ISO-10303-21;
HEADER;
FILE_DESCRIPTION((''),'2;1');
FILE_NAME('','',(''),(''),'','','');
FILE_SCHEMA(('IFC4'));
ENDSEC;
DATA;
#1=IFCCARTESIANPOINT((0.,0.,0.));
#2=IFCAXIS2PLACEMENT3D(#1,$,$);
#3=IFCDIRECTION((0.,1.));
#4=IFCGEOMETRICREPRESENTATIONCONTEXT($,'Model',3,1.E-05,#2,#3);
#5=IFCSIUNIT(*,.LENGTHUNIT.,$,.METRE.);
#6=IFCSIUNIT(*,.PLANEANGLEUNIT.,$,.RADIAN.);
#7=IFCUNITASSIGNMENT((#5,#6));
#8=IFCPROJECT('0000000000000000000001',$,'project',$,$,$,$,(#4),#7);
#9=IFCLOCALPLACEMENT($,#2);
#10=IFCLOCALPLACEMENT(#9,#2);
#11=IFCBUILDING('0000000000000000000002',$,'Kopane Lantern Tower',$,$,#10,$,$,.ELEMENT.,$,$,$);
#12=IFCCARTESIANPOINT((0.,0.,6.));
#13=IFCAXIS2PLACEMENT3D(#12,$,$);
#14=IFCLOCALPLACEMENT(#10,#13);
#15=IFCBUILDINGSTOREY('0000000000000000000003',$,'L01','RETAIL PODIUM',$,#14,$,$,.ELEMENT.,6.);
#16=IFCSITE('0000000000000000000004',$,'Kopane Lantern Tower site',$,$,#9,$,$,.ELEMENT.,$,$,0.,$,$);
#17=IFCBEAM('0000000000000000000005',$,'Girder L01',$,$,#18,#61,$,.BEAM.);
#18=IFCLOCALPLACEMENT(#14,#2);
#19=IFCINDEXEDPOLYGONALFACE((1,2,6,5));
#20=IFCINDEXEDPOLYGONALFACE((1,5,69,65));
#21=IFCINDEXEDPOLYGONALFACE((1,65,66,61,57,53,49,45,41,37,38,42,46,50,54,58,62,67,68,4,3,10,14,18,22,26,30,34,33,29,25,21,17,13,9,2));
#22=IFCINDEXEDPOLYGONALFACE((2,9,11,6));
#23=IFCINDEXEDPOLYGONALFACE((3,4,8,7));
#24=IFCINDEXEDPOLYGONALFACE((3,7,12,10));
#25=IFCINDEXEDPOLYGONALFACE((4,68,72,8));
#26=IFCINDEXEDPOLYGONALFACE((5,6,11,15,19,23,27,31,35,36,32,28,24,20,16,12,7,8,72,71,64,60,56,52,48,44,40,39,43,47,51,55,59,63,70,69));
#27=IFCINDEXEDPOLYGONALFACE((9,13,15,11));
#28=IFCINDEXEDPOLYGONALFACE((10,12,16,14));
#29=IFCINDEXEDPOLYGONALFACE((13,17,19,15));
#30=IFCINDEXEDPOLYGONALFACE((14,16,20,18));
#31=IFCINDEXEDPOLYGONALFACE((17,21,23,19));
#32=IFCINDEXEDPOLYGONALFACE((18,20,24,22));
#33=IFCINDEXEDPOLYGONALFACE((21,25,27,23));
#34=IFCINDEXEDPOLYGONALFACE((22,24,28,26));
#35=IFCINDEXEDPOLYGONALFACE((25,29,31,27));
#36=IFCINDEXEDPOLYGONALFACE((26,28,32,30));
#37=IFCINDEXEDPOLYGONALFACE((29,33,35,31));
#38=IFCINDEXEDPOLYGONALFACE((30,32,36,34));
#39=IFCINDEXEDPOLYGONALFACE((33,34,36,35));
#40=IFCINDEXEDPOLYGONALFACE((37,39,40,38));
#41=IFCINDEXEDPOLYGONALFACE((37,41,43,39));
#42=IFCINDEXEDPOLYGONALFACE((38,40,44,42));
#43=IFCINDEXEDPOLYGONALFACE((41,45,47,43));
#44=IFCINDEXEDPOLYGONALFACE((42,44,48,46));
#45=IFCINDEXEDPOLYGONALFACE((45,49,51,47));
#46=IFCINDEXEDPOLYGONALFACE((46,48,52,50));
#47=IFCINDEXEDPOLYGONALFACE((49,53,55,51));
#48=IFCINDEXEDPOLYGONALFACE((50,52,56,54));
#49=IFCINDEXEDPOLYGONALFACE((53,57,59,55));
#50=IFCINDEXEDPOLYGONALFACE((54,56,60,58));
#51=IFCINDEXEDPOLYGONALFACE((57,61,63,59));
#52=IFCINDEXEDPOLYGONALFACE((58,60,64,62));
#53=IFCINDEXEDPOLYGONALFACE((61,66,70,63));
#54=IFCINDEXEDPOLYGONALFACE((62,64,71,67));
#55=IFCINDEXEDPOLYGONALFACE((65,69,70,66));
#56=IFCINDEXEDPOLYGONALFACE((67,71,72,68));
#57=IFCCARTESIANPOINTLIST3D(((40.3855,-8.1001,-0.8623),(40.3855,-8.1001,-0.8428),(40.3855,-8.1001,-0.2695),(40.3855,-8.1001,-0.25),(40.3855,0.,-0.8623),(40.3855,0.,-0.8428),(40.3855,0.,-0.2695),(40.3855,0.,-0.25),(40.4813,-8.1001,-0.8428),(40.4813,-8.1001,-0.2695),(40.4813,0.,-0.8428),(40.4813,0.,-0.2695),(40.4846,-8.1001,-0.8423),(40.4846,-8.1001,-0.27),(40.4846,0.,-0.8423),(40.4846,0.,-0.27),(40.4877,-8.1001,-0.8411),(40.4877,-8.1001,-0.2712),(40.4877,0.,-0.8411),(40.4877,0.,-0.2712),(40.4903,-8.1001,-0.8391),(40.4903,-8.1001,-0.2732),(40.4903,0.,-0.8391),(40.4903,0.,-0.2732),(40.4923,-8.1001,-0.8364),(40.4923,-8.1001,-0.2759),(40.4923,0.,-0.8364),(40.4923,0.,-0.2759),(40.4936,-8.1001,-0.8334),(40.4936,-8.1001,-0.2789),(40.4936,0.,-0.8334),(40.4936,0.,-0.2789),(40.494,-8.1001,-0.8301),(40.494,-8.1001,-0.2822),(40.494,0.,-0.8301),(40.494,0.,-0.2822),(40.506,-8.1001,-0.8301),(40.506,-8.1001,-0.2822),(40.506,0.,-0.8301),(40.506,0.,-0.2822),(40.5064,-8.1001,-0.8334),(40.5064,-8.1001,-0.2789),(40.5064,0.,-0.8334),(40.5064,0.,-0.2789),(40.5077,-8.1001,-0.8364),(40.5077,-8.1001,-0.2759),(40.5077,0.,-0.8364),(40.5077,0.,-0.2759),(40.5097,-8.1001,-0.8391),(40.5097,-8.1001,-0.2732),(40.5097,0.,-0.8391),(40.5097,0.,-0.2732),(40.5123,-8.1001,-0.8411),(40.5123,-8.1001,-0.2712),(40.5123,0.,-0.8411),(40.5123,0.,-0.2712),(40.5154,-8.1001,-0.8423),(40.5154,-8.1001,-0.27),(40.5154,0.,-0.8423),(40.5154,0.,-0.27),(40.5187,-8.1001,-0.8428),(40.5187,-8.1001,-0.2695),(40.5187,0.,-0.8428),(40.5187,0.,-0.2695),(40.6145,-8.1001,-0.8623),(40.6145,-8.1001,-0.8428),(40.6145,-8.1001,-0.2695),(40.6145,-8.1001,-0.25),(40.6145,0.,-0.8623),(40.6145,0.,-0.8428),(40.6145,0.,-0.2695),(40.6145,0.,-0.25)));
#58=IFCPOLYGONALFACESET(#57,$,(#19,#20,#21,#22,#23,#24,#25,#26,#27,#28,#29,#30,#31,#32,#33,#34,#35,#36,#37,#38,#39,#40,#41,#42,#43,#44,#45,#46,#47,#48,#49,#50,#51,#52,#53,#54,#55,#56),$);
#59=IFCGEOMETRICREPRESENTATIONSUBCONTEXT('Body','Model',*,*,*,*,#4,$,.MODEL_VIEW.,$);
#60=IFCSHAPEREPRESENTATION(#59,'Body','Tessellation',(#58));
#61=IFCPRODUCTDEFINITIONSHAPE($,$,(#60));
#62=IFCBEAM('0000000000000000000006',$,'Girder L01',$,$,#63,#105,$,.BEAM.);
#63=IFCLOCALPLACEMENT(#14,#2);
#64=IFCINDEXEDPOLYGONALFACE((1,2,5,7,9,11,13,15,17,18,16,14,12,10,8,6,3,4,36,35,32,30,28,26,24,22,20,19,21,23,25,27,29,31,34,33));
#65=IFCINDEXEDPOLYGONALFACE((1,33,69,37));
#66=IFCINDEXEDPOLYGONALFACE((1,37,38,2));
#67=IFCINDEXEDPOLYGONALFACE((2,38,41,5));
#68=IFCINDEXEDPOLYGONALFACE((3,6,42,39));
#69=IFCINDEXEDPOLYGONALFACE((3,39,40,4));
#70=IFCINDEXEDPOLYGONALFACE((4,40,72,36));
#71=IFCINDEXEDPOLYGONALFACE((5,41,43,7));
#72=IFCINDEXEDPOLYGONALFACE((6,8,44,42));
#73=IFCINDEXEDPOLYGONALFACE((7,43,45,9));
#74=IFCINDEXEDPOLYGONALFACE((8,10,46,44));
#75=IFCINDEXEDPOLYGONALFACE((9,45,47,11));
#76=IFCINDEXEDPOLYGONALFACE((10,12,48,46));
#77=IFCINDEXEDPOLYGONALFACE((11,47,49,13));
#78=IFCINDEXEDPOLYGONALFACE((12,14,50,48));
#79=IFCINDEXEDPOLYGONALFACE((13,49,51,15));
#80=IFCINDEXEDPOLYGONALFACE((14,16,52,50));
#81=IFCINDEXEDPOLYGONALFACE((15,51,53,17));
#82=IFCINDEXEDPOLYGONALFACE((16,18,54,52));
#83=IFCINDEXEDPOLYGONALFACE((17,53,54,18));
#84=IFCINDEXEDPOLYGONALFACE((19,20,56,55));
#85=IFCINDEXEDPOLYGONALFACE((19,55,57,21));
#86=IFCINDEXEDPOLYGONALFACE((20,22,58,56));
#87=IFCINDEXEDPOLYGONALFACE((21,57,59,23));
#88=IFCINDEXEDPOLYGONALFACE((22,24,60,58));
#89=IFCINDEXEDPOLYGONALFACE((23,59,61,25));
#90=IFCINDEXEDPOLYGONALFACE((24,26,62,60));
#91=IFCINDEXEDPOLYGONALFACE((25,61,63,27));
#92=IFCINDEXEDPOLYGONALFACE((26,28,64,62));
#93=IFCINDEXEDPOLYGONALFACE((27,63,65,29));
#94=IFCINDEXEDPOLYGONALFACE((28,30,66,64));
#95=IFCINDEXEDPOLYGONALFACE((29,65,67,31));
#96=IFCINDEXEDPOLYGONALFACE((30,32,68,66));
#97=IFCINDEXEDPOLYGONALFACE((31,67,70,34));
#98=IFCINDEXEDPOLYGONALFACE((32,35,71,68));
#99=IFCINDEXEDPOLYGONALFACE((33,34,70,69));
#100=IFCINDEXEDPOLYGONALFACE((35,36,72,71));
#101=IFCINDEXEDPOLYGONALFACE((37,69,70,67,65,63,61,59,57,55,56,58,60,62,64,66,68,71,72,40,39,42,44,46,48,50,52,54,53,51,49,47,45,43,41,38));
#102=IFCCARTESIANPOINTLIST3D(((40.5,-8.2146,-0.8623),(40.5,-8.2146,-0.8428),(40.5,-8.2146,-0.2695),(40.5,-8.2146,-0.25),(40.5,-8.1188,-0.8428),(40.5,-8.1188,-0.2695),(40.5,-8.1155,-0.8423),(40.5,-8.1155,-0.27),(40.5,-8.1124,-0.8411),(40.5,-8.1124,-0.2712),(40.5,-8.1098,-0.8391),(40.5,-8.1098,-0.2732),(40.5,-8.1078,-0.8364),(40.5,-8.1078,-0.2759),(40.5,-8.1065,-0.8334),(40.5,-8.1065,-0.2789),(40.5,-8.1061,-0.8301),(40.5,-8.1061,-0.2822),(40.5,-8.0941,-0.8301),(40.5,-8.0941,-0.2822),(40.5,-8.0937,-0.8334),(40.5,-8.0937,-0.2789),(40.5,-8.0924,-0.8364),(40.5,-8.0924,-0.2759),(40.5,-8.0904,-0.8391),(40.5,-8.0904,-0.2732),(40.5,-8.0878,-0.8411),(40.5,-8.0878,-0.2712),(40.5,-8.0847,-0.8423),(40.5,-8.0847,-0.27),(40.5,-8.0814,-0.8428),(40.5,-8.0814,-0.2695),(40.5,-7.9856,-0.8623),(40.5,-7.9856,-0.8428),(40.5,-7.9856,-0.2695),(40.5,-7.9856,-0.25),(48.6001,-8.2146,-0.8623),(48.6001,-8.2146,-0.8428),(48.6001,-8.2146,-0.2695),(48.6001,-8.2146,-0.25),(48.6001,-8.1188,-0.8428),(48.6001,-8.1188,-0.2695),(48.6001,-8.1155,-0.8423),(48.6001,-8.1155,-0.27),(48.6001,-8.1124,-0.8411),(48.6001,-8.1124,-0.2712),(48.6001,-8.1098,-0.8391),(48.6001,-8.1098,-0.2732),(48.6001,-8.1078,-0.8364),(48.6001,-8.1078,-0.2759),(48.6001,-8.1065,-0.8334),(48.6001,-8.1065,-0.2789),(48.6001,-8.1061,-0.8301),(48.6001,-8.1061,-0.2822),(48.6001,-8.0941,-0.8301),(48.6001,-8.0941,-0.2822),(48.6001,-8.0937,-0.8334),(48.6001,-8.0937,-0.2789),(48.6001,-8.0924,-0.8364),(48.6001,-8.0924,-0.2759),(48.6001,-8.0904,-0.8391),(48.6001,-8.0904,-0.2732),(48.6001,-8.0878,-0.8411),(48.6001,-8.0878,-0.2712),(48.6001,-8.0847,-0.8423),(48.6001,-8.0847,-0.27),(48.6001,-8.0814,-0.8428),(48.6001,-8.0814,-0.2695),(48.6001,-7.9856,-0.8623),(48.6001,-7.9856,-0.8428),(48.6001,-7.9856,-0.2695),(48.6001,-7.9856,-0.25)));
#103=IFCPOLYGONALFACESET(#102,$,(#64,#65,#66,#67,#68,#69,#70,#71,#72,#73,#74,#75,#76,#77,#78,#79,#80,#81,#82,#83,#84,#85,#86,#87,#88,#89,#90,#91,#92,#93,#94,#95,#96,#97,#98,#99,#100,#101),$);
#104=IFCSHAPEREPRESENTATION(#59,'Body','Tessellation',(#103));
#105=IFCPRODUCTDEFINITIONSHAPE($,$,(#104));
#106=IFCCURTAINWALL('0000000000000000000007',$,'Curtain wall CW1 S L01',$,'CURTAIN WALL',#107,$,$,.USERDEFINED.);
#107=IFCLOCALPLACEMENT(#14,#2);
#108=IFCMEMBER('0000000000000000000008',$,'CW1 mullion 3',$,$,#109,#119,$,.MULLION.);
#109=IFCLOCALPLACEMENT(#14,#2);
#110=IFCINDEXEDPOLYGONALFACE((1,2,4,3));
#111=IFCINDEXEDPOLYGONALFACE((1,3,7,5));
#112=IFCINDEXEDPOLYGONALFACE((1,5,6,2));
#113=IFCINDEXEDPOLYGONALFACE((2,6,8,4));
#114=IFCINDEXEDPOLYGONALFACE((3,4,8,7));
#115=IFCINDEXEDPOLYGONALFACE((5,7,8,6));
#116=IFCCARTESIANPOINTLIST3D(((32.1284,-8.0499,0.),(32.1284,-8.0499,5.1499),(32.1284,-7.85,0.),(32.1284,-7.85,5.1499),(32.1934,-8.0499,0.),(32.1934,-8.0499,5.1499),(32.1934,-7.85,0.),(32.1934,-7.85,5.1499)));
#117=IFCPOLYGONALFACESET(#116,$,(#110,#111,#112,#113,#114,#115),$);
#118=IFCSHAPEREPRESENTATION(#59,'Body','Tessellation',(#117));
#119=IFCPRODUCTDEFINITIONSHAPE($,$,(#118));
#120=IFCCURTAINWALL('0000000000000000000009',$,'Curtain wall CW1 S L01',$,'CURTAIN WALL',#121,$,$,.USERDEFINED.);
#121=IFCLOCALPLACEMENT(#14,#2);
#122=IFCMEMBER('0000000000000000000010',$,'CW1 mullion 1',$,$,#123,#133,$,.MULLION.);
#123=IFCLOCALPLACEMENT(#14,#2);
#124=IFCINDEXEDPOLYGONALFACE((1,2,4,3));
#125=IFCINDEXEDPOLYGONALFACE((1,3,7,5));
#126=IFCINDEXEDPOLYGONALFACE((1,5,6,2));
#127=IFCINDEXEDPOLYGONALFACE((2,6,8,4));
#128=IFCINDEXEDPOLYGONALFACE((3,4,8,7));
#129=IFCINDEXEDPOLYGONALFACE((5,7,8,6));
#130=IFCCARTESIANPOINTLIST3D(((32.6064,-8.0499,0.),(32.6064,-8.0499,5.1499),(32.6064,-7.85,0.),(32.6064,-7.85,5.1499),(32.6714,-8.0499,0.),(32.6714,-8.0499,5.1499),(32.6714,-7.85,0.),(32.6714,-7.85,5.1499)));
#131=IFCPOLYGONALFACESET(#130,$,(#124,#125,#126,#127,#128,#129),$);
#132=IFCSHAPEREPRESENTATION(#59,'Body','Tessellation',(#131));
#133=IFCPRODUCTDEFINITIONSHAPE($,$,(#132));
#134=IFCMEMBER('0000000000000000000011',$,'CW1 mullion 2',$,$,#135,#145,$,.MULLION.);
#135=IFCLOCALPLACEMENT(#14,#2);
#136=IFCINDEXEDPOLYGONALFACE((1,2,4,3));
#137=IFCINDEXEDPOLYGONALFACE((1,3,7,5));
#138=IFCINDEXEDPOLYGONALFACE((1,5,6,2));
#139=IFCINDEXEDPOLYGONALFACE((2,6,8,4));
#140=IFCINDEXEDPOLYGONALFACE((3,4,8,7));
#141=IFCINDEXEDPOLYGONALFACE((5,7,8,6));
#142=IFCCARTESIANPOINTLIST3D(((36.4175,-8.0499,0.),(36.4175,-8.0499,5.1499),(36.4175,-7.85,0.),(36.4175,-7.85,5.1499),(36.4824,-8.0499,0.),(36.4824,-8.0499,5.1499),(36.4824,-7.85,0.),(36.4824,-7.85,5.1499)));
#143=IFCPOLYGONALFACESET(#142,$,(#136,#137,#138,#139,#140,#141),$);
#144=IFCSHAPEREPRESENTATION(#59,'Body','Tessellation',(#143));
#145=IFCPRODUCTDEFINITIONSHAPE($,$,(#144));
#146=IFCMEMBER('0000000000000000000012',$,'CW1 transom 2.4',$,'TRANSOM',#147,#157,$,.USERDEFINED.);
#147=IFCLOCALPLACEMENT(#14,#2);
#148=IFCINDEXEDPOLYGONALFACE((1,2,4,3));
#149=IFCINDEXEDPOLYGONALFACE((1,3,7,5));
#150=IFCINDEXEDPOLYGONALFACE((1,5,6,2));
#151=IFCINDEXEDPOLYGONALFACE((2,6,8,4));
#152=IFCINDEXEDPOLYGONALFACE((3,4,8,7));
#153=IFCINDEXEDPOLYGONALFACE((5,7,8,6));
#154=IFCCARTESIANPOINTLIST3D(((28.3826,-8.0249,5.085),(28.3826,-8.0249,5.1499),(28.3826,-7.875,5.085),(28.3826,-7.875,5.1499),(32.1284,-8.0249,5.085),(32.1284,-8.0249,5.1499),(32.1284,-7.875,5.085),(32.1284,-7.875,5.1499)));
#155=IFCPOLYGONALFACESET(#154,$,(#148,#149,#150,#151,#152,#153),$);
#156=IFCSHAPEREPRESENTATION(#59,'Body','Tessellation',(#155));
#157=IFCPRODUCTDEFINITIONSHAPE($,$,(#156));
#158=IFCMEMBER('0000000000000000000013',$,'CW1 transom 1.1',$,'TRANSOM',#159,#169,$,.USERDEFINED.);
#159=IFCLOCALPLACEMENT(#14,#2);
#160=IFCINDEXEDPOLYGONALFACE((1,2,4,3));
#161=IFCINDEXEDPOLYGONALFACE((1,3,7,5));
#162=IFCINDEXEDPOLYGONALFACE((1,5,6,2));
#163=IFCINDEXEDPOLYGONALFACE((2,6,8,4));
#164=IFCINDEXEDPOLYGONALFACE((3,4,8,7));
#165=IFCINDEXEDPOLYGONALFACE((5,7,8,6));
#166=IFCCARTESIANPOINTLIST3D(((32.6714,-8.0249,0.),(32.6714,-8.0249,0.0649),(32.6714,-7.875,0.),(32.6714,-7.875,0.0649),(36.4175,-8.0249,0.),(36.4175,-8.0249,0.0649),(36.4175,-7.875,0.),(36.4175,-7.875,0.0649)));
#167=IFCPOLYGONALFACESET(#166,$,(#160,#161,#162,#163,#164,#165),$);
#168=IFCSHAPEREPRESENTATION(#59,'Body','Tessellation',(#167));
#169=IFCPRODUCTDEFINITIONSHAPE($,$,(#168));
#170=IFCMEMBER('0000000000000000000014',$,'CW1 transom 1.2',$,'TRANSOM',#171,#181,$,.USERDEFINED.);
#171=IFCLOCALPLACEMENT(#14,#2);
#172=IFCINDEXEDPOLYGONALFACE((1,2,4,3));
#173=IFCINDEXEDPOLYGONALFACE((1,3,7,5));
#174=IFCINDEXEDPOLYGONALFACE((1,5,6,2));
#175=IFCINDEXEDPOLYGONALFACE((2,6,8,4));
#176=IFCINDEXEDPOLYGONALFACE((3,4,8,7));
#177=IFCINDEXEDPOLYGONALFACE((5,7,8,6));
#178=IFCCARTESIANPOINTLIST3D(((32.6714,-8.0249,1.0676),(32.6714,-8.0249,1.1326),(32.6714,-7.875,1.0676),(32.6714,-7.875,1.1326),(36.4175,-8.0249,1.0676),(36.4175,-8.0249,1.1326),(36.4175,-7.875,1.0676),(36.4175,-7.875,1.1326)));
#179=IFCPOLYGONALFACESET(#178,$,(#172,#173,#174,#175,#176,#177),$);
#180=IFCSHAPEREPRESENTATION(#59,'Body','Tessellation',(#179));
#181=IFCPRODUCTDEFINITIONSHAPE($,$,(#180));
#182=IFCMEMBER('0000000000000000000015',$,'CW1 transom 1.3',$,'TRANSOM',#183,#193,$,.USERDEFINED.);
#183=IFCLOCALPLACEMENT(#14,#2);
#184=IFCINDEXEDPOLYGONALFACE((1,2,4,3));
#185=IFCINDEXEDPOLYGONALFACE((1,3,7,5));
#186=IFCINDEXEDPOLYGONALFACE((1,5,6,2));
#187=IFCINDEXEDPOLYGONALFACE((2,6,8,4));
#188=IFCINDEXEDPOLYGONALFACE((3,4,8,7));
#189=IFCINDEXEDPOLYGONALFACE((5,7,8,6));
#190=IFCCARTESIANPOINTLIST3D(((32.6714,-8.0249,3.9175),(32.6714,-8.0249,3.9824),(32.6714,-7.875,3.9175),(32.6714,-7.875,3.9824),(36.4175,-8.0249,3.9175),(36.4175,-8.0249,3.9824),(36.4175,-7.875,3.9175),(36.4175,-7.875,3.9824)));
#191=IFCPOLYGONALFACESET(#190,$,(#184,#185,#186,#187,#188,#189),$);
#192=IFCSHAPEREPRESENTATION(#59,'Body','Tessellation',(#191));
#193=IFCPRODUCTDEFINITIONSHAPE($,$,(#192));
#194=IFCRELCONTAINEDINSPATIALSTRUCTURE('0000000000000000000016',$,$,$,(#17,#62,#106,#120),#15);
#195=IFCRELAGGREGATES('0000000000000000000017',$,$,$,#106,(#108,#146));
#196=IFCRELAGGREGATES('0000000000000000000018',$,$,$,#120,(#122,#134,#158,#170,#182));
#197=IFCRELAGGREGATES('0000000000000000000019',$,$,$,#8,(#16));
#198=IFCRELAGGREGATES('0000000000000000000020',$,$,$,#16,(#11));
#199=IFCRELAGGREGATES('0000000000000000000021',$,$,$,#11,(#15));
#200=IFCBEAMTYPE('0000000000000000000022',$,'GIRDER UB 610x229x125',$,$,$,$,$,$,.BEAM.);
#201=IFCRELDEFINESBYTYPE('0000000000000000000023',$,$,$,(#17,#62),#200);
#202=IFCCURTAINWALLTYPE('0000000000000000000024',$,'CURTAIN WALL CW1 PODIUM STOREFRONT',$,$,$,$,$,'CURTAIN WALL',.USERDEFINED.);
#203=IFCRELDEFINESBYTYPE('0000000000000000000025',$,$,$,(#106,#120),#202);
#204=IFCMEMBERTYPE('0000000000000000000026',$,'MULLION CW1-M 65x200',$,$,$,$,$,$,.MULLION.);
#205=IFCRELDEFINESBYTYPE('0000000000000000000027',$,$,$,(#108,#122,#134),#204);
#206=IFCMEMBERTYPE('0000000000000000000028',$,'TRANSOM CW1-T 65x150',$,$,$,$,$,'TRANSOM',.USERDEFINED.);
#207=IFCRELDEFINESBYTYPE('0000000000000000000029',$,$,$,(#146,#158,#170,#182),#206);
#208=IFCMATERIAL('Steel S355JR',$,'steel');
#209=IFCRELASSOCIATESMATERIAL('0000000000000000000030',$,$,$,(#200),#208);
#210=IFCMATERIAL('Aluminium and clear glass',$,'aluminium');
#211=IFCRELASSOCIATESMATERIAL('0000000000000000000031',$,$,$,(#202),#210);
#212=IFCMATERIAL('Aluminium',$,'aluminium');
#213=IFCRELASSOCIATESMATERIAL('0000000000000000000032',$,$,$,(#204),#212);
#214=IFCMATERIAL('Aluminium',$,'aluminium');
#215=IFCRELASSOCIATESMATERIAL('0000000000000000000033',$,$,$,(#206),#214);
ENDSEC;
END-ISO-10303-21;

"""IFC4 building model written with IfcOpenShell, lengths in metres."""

from ifc_helpers import new_model, si_unit, direction, frame, origin, origin_2d, place, context, subcontext, project, spatial, rectangle, i_section, extrude, material, material_profile, profile_set, type_object, element, aggregate, save


model = new_model("IFC4")

# Units and contexts
model_context = context("Model", 3, precision=1e-05, world=origin(), true_north=direction((0.0, 1.0)))
body_context = subcontext(model_context, "Body", "Model", "MODEL_VIEW")
ifc_project = project(units=[si_unit("LENGTHUNIT", "METRE"), si_unit("PLANEANGLEUNIT", "RADIAN")], contexts=[model_context])

# Site, building, storey
site_placement = place(None, origin())
site = spatial("IfcSite", under=ifc_project, at=site_placement, Name="Kopane Lantern Tower site", CompositionType="ELEMENT", RefElevation=0.0)
building_placement = place(site_placement, origin())
building = spatial("IfcBuilding", under=site, at=building_placement, Name="Kopane Lantern Tower", CompositionType="ELEMENT")
storey_placement = place(building_placement, frame((0.0, 0.0, 6.0)))
storey = spatial("IfcBuildingStorey", under=building, at=storey_placement, Name="L01", Description="RETAIL PODIUM", CompositionType="ELEMENT", Elevation=6.0)

# Beams
ifc_material_1 = material(Name="Steel S355JR", Category="steel")
ifc_material_profile_1 = material_profile(ifc_material_1, i_section(OverallWidth=0.229, OverallDepth=0.6123, WebThickness=0.012, FlangeThickness=0.0195, FilletRadius=0.0127, at=origin_2d()), Name="UB 610x229x125")
ifc_profile_set_1 = profile_set([ifc_material_profile_1], Name="Steel S355JR")
beam_type = type_object("IfcBeamType", Name="GIRDER UB 610x229x125", PredefinedType="BEAM", material=ifc_profile_set_1)
for number, where, z_axis, x_axis, name in (
    (1, (40.5, -8.1001, -0.5562), (0.0, 1.0, 0.0), (-1.0, 0.0, 0.0), "Girder L01"),
    (2, (40.5, -8.1001, -0.5562), (1.0, 0.0, 0.0), (0.0, 1.0, 0.0), "Girder L01"),
):
    element("IfcBeam", number, at=place(storey_placement, frame(where, z_axis=z_axis, x_axis=x_axis)), inside=storey, type_object=beam_type, Name=name, PredefinedType="BEAM", context=body_context, shape_type="SweptSolid", body=[
        extrude(i_section(OverallWidth=0.229, OverallDepth=0.6123, WebThickness=0.012, FlangeThickness=0.0195, FilletRadius=0.0127, at=origin_2d()), origin(), (0.0, 0.0, 1.0), 8.1001),
    ])

# Curtain wall, member
ifc_material_2 = material(Name="Aluminium and clear glass", Category="aluminium")
curtain_wall_type = type_object("IfcCurtainWallType", Name="CURTAIN WALL CW1 PODIUM STOREFRONT", ElementType="CURTAIN WALL", PredefinedType="USERDEFINED", material=ifc_material_2)
curtain_wall_1_placement = place(storey_placement, origin())
curtain_wall_1 = element("IfcCurtainWall", 3, at=curtain_wall_1_placement, inside=storey, type_object=curtain_wall_type, Name="Curtain wall CW1 S L01", ObjectType="CURTAIN WALL", PredefinedType="USERDEFINED")
ifc_material_3 = material(Name="Aluminium", Category="aluminium")
ifc_material_profile_2 = material_profile(ifc_material_3, rectangle(XDim=0.0649, YDim=0.2, at=origin_2d()), Name="AL 65x200")
ifc_profile_set_2 = profile_set([ifc_material_profile_2], Name="Aluminium")
member_type_1 = type_object("IfcMemberType", Name="MULLION CW1-M 65x200", PredefinedType="MULLION", material=ifc_profile_set_2)
member_1_placement = place(storey_placement, frame((32.1609, -7.95, 0.0), z_axis=(0.0, 0.0, 1.0), x_axis=(1.0, 0.0, 0.0)))
member_1 = element("IfcMember", 4, at=member_1_placement, type_object=member_type_1, Name="CW1 mullion 3", PredefinedType="MULLION", context=body_context, shape_type="SweptSolid", body=[
    extrude(rectangle(XDim=0.0649, YDim=0.2, at=origin_2d()), origin(), (0.0, 0.0, 1.0), 5.1499),
])

# Curtain wall, members
curtain_wall_2_placement = place(storey_placement, origin())
curtain_wall_2 = element("IfcCurtainWall", 5, at=curtain_wall_2_placement, inside=storey, type_object=curtain_wall_type, Name="Curtain wall CW1 S L01", ObjectType="CURTAIN WALL", PredefinedType="USERDEFINED")
member_2_placement = place(storey_placement, frame((32.6389, -7.95, 0.0), z_axis=(0.0, 0.0, 1.0), x_axis=(1.0, 0.0, 0.0)))
member_2 = element("IfcMember", 6, at=member_2_placement, type_object=member_type_1, Name="CW1 mullion 1", PredefinedType="MULLION", context=body_context, shape_type="SweptSolid", body=[
    extrude(rectangle(XDim=0.0649, YDim=0.2, at=origin_2d()), origin(), (0.0, 0.0, 1.0), 5.1499),
])
member_3_placement = place(storey_placement, frame((36.45, -7.95, 0.0), z_axis=(0.0, 0.0, 1.0), x_axis=(1.0, 0.0, 0.0)))
member_3 = element("IfcMember", 7, at=member_3_placement, type_object=member_type_1, Name="CW1 mullion 2", PredefinedType="MULLION", context=body_context, shape_type="SweptSolid", body=[
    extrude(rectangle(XDim=0.0649, YDim=0.2, at=origin_2d()), origin(), (0.0, 0.0, 1.0), 5.1499),
])

# Members
ifc_material_4 = material(Name="Aluminium", Category="aluminium")
ifc_material_profile_3 = material_profile(ifc_material_4, rectangle(XDim=0.1499, YDim=0.0649, at=origin_2d()), Name="AL 150x65")
ifc_profile_set_3 = profile_set([ifc_material_profile_3], Name="Aluminium")
member_type_2 = type_object("IfcMemberType", Name="TRANSOM CW1-T 65x150", ElementType="TRANSOM", PredefinedType="USERDEFINED", material=ifc_profile_set_3)
member_4_placement = place(storey_placement, frame((28.3826, -7.95, 5.1174), z_axis=(1.0, 0.0, 0.0), x_axis=(0.0, 1.0, 0.0)))
member_4 = element("IfcMember", 8, at=member_4_placement, type_object=member_type_2, Name="CW1 transom 2.4", ObjectType="TRANSOM", PredefinedType="USERDEFINED", context=body_context, shape_type="SweptSolid", body=[
    extrude(rectangle(XDim=0.1499, YDim=0.0649, at=origin_2d()), origin(), (0.0, 0.0, 1.0), 3.7458),
])
member_5_placement = place(storey_placement, frame((32.6714, -7.95, 0.0325), z_axis=(1.0, 0.0, 0.0), x_axis=(0.0, 1.0, 0.0)))
member_5 = element("IfcMember", 9, at=member_5_placement, type_object=member_type_2, Name="CW1 transom 1.1", ObjectType="TRANSOM", PredefinedType="USERDEFINED", context=body_context, shape_type="SweptSolid", body=[
    extrude(rectangle(XDim=0.1499, YDim=0.0649, at=origin_2d()), origin(), (0.0, 0.0, 1.0), 3.7461),
])
member_6_placement = place(storey_placement, frame((32.6714, -7.95, 1.1001), z_axis=(1.0, 0.0, 0.0), x_axis=(0.0, 1.0, 0.0)))
member_6 = element("IfcMember", 10, at=member_6_placement, type_object=member_type_2, Name="CW1 transom 1.2", ObjectType="TRANSOM", PredefinedType="USERDEFINED", context=body_context, shape_type="SweptSolid", body=[
    extrude(rectangle(XDim=0.1499, YDim=0.0649, at=origin_2d()), origin(), (0.0, 0.0, 1.0), 3.7461),
])
member_7_placement = place(storey_placement, frame((32.6714, -7.95, 3.95), z_axis=(1.0, 0.0, 0.0), x_axis=(0.0, 1.0, 0.0)))
member_7 = element("IfcMember", 11, at=member_7_placement, type_object=member_type_2, Name="CW1 transom 1.3", ObjectType="TRANSOM", PredefinedType="USERDEFINED", context=body_context, shape_type="SweptSolid", body=[
    extrude(rectangle(XDim=0.1499, YDim=0.0649, at=origin_2d()), origin(), (0.0, 0.0, 1.0), 3.7461),
])

aggregate(curtain_wall_1, [member_1, member_4])
aggregate(curtain_wall_2, [member_2, member_3, member_5, member_6, member_7])

save(model, "model.ifc")
